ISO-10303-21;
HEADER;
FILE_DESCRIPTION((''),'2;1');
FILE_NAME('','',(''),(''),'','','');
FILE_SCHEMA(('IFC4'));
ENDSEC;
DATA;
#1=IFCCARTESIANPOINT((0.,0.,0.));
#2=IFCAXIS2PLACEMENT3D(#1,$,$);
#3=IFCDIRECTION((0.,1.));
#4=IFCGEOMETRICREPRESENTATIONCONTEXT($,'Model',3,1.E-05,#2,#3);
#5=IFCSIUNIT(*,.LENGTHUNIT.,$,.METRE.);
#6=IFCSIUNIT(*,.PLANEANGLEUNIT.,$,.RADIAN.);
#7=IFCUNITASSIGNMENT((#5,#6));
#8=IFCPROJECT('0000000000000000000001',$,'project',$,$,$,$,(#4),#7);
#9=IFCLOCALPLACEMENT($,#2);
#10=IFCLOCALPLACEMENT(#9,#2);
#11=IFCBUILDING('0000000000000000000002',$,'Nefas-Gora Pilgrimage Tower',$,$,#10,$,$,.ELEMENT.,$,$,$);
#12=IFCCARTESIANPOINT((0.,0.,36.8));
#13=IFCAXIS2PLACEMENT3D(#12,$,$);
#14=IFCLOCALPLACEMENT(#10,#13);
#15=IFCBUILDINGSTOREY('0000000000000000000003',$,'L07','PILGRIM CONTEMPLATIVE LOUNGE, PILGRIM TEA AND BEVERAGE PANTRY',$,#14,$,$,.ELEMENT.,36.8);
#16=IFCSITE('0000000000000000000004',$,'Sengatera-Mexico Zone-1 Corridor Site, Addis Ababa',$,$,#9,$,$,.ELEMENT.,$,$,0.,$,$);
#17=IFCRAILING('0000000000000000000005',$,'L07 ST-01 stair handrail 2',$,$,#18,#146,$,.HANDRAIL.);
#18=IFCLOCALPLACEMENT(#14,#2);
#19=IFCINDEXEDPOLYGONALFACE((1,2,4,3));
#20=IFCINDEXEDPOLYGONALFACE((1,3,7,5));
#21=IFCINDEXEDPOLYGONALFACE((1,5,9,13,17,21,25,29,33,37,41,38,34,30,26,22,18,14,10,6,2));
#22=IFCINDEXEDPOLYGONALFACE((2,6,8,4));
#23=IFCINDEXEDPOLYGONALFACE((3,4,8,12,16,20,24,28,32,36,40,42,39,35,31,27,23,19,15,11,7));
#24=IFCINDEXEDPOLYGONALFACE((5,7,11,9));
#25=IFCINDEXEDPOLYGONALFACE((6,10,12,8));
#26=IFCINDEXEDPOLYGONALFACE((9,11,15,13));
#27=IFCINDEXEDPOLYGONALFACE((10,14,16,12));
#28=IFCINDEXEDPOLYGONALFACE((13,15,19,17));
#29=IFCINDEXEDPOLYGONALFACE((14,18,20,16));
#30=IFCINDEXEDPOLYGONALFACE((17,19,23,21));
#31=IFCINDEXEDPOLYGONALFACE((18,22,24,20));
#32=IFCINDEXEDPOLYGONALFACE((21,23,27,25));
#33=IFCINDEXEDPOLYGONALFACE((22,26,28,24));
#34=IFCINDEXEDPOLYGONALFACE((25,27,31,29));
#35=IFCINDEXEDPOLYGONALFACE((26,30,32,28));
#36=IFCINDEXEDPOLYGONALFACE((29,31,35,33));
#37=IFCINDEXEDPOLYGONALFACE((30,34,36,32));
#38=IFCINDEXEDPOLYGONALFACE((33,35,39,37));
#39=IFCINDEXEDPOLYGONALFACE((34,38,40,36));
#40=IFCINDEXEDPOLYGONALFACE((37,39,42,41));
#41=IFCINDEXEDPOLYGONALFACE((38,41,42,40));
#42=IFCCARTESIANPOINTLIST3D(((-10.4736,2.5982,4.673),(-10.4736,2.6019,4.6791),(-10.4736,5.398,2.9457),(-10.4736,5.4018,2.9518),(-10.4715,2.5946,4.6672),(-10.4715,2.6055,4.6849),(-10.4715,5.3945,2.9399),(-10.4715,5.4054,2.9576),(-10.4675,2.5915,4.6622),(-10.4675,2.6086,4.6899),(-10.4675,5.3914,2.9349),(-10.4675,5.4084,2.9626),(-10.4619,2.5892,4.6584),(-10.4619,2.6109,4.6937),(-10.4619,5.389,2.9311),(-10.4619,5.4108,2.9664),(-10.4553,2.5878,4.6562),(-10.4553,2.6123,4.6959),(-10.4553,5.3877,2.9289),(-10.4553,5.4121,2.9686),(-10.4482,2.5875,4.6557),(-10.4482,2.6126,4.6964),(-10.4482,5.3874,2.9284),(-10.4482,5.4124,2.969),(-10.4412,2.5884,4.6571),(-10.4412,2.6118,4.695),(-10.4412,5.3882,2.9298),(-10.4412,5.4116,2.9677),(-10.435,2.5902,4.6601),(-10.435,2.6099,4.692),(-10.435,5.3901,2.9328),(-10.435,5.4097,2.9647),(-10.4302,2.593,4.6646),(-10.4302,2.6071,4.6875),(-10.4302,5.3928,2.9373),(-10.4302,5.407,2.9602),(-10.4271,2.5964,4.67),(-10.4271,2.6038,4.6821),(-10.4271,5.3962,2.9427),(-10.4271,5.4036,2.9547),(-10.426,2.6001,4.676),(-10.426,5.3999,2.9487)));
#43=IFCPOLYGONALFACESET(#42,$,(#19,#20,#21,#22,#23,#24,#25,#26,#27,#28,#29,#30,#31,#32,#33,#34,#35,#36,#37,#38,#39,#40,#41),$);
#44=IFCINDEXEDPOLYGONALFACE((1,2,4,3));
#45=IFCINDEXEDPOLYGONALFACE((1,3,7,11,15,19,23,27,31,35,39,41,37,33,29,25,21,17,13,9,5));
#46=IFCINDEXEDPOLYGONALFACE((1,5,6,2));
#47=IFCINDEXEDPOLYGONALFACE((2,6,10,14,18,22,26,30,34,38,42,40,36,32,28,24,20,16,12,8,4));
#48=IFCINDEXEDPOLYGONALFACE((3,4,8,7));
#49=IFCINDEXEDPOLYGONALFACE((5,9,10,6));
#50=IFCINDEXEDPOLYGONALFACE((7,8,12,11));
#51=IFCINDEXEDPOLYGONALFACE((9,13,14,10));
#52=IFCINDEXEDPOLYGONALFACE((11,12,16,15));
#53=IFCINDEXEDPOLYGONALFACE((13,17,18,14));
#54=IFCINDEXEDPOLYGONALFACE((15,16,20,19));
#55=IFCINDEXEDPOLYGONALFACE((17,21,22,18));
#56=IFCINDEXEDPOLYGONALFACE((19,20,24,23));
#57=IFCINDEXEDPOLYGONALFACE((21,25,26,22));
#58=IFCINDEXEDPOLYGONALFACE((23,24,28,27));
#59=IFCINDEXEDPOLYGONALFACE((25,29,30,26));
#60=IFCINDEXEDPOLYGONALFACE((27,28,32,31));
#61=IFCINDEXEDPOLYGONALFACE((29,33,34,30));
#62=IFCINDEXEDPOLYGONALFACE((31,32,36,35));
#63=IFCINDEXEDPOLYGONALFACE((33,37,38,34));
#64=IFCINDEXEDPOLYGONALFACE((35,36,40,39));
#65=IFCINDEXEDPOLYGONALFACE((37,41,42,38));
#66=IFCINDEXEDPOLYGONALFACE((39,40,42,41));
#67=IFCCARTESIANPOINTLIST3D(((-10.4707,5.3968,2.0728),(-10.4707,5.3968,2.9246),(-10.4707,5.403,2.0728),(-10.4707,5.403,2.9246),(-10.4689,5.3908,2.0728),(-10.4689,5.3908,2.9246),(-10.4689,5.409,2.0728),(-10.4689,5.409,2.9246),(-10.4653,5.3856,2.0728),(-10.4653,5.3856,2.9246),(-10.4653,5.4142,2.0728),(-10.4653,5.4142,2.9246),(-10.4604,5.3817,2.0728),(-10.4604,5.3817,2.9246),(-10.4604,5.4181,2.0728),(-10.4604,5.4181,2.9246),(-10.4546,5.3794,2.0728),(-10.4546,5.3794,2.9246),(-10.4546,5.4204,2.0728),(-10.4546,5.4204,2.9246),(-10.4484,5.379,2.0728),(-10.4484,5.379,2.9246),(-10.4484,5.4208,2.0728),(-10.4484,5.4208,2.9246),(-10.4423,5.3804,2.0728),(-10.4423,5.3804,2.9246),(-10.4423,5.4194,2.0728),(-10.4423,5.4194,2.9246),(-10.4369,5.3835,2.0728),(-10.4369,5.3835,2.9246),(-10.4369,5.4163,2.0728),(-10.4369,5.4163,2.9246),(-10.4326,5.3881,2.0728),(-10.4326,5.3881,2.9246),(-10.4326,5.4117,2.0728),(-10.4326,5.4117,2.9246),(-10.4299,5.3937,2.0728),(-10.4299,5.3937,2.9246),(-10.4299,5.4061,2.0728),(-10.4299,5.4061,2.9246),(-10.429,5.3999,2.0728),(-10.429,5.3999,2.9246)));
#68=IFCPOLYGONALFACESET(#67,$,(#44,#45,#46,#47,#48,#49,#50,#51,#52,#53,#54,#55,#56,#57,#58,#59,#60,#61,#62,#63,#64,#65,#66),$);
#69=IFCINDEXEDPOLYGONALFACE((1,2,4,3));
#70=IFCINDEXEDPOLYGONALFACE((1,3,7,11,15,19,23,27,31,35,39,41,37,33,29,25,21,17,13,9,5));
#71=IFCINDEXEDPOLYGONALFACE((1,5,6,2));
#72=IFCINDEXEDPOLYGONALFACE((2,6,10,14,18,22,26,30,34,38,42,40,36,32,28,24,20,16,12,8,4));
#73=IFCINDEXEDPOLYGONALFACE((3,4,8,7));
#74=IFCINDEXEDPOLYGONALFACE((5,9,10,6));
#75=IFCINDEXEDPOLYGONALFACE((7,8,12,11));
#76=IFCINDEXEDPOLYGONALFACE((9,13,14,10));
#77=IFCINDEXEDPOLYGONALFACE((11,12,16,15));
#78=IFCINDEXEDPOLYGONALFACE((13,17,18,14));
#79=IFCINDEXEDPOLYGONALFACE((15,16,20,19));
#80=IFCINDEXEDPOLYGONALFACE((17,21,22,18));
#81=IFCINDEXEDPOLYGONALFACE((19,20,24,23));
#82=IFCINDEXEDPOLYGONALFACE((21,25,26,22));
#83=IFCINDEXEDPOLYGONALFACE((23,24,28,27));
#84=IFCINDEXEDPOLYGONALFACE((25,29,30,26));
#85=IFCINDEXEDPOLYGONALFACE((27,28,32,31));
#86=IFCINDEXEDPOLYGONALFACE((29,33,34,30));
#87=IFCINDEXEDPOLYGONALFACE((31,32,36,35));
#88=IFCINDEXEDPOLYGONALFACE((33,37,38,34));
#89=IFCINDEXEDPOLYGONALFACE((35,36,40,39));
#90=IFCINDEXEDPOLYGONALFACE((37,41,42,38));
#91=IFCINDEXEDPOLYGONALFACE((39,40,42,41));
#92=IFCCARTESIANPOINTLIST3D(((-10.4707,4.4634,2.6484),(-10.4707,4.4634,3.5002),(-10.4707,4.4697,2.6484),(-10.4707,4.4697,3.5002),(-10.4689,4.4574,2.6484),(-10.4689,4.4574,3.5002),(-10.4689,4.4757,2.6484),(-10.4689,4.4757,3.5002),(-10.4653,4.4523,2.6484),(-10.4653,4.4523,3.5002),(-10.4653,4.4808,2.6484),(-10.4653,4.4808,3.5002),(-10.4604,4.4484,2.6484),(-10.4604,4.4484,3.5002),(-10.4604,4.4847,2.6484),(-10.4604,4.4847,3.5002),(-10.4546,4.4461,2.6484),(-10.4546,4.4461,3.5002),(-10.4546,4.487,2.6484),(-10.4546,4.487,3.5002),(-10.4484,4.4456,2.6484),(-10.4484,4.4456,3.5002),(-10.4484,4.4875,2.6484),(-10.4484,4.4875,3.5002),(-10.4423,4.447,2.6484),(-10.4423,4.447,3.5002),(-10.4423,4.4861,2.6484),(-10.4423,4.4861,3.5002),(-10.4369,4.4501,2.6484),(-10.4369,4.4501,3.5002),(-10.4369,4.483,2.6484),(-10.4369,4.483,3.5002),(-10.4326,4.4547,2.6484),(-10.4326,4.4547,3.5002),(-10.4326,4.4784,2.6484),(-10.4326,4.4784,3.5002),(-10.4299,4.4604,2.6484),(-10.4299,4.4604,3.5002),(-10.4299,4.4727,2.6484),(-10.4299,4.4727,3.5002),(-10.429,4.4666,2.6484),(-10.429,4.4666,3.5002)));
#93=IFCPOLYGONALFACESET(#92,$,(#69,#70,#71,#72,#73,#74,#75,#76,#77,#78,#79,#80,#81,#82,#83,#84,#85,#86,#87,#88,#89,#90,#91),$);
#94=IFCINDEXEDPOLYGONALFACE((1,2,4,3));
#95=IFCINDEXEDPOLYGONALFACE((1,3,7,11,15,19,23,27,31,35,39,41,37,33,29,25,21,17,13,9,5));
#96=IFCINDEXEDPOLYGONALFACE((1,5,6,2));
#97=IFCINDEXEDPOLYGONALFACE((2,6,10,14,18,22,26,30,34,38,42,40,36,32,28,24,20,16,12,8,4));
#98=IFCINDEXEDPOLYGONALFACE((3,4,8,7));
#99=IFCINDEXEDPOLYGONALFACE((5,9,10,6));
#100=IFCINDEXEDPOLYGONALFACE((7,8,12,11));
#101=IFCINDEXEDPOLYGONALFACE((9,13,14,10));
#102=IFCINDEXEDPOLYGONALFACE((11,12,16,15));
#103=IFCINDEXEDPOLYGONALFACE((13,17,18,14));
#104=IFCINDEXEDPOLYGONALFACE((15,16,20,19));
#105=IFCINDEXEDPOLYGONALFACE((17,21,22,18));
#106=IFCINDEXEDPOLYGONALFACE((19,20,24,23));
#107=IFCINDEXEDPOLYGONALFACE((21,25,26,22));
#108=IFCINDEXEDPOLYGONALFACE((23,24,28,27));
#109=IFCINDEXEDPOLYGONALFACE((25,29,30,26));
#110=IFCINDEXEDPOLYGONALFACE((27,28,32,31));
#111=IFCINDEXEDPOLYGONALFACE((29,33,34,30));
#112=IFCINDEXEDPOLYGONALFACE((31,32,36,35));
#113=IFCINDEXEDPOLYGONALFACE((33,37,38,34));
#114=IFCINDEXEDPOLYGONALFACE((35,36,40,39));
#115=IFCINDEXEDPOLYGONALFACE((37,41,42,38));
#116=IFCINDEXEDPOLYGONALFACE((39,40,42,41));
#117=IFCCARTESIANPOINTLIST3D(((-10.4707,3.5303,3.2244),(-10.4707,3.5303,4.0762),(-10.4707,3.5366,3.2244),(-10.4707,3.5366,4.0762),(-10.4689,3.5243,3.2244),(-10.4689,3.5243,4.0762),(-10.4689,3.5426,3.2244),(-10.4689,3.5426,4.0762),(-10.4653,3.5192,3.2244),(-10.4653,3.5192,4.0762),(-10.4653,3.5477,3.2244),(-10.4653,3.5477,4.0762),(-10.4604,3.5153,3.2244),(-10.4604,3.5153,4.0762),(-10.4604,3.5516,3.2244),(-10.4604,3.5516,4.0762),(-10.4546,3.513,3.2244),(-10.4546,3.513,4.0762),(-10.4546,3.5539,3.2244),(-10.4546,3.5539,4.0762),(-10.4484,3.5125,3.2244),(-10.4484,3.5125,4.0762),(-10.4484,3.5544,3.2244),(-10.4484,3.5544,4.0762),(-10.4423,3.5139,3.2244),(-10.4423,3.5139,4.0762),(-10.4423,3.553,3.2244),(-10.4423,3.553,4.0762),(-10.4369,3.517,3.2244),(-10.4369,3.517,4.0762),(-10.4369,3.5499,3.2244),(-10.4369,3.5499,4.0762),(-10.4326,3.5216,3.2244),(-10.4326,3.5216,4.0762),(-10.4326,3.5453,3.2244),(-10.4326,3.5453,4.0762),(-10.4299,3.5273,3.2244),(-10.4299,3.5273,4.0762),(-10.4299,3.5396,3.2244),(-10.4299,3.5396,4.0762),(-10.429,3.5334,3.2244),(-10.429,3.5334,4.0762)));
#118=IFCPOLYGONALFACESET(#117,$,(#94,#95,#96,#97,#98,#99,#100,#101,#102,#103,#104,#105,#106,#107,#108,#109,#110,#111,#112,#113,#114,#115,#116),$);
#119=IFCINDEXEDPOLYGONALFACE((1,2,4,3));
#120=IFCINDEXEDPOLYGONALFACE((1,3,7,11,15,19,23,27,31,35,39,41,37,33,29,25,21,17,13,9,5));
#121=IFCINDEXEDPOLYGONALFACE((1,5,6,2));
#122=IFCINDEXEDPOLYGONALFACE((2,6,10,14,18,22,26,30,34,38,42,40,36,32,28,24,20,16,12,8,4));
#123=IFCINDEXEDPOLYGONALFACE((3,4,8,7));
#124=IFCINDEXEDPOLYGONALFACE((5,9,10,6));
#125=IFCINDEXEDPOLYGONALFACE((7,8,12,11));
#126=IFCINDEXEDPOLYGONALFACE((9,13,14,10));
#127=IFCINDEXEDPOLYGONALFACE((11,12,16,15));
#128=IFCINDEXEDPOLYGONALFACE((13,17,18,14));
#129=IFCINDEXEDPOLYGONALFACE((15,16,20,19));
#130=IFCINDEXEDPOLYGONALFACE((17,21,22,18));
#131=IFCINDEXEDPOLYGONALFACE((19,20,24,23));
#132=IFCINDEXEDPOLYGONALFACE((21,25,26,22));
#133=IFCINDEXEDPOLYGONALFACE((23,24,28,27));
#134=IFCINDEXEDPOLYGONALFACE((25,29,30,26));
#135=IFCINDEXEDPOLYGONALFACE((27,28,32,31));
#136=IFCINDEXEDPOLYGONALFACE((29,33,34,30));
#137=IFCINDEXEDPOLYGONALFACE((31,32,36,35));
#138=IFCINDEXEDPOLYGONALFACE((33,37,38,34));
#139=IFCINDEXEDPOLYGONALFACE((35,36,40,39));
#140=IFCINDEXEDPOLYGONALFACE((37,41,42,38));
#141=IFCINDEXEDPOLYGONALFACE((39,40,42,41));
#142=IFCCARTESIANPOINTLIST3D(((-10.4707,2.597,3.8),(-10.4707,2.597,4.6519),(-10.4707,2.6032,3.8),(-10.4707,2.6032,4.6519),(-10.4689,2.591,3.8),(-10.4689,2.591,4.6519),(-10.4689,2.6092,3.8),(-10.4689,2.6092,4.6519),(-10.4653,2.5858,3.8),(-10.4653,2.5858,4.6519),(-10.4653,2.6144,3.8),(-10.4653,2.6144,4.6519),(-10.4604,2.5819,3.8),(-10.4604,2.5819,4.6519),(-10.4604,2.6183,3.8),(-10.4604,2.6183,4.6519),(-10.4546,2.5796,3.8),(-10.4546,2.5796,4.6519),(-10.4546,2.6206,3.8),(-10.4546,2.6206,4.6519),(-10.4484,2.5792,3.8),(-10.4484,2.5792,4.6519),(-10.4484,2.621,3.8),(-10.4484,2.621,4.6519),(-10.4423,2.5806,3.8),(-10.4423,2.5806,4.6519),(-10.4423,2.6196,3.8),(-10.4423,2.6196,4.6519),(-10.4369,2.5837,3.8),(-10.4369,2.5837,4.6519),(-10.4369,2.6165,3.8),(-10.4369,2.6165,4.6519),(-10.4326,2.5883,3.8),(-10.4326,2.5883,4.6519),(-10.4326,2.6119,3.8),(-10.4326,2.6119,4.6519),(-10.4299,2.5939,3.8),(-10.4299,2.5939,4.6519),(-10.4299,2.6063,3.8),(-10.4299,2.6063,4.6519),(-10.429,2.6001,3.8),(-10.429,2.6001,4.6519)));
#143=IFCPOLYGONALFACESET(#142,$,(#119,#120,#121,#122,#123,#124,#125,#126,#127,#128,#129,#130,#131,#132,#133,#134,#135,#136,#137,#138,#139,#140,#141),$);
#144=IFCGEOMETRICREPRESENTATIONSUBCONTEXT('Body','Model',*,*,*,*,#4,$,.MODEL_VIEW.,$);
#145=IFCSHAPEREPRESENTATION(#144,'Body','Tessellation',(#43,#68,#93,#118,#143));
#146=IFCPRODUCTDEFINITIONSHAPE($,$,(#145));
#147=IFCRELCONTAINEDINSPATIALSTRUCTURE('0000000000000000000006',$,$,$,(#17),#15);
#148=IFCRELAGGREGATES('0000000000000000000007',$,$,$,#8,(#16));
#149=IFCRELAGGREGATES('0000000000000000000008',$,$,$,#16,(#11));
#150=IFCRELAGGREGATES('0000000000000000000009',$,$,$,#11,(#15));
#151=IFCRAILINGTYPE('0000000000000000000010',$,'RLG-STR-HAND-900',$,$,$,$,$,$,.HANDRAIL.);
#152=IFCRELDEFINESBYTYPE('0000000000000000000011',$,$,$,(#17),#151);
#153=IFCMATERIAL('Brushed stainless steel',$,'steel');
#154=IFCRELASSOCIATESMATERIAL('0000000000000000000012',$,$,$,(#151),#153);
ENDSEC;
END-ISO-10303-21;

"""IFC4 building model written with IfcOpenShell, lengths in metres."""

from ifc_helpers import new_model, si_unit, direction, frame, origin, origin_2d, place, context, subcontext, project, spatial, circle, extrude, material, type_object, element, save


model = new_model("IFC4")

# Units and contexts
model_context = context("Model", 3, precision=1e-05, world=origin(), true_north=direction((0.0, 1.0)))
body_context = subcontext(model_context, "Body", "Model", "MODEL_VIEW")
ifc_project = project(units=[si_unit("LENGTHUNIT", "METRE"), si_unit("PLANEANGLEUNIT", "RADIAN")], contexts=[model_context])

# Site, building, storey
site_placement = place(None, origin())
site = spatial("IfcSite", under=ifc_project, at=site_placement, Name="Sengatera-Mexico Zone-1 Corridor Site, Addis Ababa", CompositionType="ELEMENT", RefElevation=0.0)
building_placement = place(site_placement, origin())
building = spatial("IfcBuilding", under=site, at=building_placement, Name="Nefas-Gora Pilgrimage Tower", CompositionType="ELEMENT")
storey_placement = place(building_placement, frame((0.0, 0.0, 36.8)))
storey = spatial("IfcBuildingStorey", under=building, at=storey_placement, Name="L07", Description="PILGRIM CONTEMPLATIVE LOUNGE, PILGRIM TEA AND BEVERAGE PANTRY", CompositionType="ELEMENT", Elevation=36.8)

# Railing
ifc_material_1 = material(Name="Brushed stainless steel", Category="steel")
railing_type = type_object("IfcRailingType", Name="RLG-STR-HAND-900", PredefinedType="HANDRAIL", material=ifc_material_1)
railing_placement = place(storey_placement, frame((-10.45, 5.3999, 2.0728)))
element("IfcRailing", 1, at=railing_placement, inside=storey, type_object=railing_type, Name="L07 ST-01 stair handrail 2", PredefinedType="HANDRAIL", context=body_context, shape_type="SweptSolid", body=[
    extrude(circle(Radius=0.0239, at=origin_2d()), frame((0.0, 0.0, 0.876), z_axis=(0.0, -0.851069, 0.525054), x_axis=(1.0, 0.0, 0.0)), (0.0, 0.0, 1.0), 3.2898),
    extrude(circle(Radius=0.021, at=origin_2d()), origin(), (0.0, 0.0, 1.0), 0.8518),
    extrude(circle(Radius=0.021, at=origin_2d()), frame((0.0, -0.9333, 0.5757)), (0.0, 0.0, 1.0), 0.8518),
    extrude(circle(Radius=0.021, at=origin_2d()), frame((0.0, -1.8665, 1.1516)), (0.0, 0.0, 1.0), 0.8518),
    extrude(circle(Radius=0.021, at=origin_2d()), frame((0.0, -2.7998, 1.7273)), (0.0, 0.0, 1.0), 0.8518),
])

save(model, "model.ifc")
